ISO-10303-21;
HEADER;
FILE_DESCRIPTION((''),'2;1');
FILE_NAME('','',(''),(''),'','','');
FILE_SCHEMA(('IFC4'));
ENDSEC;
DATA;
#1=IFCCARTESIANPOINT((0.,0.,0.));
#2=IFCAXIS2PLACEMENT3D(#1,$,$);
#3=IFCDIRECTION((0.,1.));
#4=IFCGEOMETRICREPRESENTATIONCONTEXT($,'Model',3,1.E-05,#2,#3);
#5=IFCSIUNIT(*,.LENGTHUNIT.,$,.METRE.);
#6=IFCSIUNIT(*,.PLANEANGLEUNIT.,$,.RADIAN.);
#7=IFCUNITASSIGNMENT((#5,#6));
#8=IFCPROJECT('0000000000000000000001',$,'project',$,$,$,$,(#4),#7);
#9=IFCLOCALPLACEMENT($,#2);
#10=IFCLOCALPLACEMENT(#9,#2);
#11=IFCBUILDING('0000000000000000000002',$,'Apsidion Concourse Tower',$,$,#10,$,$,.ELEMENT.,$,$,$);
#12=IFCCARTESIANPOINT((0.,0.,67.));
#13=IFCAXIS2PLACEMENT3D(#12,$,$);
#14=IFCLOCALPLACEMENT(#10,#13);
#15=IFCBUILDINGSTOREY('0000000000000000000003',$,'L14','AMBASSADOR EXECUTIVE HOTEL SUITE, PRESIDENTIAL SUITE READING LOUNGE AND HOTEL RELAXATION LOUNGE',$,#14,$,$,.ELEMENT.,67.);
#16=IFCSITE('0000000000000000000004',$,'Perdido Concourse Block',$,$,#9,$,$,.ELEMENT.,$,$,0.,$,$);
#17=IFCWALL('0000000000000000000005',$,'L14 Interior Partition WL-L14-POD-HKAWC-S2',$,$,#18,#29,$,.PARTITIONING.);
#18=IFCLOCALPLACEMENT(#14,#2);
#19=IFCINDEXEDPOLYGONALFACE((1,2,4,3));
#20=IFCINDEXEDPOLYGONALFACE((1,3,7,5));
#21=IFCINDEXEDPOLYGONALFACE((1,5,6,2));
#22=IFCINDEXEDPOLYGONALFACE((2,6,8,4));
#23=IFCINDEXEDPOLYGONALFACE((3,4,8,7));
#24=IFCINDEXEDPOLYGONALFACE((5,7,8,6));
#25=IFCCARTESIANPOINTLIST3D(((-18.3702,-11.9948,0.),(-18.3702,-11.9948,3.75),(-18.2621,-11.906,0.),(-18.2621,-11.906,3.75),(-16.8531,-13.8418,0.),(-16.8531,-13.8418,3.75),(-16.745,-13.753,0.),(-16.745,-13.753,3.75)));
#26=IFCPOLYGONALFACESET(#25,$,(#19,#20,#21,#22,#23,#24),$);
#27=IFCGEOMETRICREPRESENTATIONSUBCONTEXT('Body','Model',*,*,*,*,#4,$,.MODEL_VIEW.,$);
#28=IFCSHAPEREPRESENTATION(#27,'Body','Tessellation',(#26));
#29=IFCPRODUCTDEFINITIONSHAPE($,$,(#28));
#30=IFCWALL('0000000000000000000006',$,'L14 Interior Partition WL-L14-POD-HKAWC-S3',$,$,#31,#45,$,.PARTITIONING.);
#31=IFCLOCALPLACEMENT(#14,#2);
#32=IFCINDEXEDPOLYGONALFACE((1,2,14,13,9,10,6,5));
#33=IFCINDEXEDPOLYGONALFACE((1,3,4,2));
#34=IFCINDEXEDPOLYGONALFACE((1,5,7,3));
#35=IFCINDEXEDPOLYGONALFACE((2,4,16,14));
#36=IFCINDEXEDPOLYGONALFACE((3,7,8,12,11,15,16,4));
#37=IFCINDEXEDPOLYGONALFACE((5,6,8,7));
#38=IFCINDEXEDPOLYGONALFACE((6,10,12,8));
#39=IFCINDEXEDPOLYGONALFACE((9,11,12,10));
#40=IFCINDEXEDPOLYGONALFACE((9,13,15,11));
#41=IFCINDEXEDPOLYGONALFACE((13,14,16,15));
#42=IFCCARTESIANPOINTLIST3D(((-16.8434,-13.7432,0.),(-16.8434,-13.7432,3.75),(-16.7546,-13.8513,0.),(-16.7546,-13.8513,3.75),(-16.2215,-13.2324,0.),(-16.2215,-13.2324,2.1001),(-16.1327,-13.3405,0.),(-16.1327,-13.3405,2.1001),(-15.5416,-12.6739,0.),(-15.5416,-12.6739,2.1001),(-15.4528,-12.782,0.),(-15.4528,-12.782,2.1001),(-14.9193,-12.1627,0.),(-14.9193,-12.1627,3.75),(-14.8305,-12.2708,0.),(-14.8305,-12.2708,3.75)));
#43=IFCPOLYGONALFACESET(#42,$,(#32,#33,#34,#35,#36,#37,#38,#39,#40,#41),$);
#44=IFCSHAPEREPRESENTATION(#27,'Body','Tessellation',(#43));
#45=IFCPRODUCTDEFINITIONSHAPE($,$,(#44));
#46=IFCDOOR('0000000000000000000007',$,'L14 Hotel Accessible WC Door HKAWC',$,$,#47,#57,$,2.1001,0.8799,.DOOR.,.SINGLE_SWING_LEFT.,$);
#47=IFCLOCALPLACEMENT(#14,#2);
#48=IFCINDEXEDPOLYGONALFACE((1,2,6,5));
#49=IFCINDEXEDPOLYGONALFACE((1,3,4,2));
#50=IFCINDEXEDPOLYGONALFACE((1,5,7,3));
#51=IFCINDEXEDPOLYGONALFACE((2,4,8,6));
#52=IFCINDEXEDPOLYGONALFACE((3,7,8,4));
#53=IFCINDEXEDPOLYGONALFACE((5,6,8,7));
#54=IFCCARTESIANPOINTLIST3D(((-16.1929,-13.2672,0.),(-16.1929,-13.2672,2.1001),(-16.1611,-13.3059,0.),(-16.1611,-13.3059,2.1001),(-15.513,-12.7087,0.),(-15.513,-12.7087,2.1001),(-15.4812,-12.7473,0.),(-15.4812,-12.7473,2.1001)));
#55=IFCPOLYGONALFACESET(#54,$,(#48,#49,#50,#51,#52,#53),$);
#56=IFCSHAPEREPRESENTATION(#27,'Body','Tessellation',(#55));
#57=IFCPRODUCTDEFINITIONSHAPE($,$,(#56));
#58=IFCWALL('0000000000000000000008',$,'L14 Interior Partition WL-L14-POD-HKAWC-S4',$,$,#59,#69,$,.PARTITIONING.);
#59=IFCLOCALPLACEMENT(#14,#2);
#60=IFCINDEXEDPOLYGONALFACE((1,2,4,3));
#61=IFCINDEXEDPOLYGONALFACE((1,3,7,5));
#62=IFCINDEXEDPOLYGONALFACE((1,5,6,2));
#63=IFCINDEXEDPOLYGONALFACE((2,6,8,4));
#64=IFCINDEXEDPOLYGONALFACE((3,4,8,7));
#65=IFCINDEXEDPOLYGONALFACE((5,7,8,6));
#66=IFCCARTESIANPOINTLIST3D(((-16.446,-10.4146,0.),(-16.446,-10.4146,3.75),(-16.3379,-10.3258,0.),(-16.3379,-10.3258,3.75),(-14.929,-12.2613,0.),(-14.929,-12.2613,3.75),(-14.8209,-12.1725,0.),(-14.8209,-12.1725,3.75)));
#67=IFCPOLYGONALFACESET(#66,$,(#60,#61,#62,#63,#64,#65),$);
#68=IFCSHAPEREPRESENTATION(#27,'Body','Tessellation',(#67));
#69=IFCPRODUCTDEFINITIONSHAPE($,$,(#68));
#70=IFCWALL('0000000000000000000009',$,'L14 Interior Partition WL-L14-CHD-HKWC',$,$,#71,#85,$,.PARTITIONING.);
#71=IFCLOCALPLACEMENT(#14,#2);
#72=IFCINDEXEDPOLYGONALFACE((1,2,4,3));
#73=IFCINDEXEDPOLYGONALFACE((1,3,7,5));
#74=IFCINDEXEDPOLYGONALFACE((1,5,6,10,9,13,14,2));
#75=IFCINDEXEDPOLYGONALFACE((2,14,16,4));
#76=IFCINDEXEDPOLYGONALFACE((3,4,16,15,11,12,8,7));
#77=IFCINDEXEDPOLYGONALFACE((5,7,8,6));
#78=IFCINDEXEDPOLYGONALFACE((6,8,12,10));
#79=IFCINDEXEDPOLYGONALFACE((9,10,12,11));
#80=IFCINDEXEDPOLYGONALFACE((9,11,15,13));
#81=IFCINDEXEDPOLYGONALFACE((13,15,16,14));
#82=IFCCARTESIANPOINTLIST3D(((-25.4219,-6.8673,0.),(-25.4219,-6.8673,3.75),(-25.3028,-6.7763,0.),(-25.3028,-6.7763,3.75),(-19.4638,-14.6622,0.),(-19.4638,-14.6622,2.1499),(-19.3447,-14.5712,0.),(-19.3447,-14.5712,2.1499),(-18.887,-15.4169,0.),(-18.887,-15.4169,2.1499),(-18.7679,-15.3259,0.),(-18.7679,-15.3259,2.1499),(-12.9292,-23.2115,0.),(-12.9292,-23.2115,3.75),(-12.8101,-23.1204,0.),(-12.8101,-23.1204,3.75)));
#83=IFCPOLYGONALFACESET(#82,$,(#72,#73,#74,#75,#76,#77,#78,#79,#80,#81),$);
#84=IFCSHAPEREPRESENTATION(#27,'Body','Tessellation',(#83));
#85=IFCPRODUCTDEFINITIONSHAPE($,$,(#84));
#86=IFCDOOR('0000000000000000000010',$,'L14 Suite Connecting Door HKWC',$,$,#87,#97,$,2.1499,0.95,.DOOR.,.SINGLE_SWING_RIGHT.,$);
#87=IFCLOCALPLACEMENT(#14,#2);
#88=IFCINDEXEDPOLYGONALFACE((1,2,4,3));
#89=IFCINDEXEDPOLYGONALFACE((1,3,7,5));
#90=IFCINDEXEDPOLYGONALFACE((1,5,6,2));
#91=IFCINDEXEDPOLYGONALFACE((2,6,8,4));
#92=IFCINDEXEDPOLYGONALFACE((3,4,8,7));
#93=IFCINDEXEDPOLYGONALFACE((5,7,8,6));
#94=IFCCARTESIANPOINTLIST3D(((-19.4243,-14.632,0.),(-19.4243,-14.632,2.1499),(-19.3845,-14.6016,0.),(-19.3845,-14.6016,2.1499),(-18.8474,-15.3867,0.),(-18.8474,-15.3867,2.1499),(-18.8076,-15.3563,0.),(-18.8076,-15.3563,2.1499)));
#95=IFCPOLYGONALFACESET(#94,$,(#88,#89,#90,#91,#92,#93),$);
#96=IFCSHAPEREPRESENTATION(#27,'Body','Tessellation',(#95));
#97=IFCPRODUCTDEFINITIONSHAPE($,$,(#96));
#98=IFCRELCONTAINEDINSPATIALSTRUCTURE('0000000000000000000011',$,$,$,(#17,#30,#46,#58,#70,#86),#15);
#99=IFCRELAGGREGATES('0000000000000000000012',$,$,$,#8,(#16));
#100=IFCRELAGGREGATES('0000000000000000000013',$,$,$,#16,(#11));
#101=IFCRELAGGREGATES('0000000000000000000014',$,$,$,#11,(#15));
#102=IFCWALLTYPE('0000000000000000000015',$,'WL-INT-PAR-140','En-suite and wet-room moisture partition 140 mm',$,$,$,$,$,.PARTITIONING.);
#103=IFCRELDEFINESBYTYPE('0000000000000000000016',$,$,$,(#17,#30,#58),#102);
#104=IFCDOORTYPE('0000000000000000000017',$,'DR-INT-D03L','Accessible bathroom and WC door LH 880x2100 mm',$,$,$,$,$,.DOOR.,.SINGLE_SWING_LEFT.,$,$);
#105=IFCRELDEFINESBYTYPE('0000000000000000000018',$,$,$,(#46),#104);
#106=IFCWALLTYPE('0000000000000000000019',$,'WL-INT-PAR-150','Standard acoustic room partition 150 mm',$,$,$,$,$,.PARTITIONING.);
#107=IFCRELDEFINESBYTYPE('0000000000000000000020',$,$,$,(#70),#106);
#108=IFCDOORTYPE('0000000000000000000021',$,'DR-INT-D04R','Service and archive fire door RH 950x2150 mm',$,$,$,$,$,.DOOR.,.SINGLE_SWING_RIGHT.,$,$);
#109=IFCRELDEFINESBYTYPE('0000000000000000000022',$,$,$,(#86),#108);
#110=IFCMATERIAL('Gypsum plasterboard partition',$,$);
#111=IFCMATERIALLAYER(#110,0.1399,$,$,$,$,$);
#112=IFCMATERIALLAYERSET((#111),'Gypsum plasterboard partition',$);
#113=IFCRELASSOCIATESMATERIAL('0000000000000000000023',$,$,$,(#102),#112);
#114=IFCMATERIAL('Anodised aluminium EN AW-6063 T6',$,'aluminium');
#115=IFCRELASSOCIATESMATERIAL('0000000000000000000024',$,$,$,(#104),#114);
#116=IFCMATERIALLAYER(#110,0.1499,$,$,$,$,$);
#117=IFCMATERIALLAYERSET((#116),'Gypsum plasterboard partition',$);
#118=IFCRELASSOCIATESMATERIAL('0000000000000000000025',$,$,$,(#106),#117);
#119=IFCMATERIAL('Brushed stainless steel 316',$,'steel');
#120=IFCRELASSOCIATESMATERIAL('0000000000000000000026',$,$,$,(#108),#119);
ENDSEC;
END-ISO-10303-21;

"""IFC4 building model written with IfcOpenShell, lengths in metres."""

from ifc_helpers import new_model, si_unit, direction, frame, frame_2d, origin, place, context, subcontext, project, spatial, rectangle, extrude, material, layer, layer_set, type_object, element, fill, save


model = new_model("IFC4")

# Units and contexts
model_context = context("Model", 3, precision=1e-05, world=origin(), true_north=direction((0.0, 1.0)))
body_context = subcontext(model_context, "Body", "Model", "MODEL_VIEW")
ifc_project = project(units=[si_unit("LENGTHUNIT", "METRE"), si_unit("PLANEANGLEUNIT", "RADIAN")], contexts=[model_context])

# Site, building, storey
site_placement = place(None, origin())
site = spatial("IfcSite", under=ifc_project, at=site_placement, Name="Perdido Concourse Block", CompositionType="ELEMENT", RefElevation=0.0)
building_placement = place(site_placement, origin())
building = spatial("IfcBuilding", under=site, at=building_placement, Name="Apsidion Concourse Tower", CompositionType="ELEMENT")
storey_placement = place(building_placement, frame((0.0, 0.0, 67.0)))
storey = spatial("IfcBuildingStorey", under=building, at=storey_placement, Name="L14", Description="AMBASSADOR EXECUTIVE HOTEL SUITE, PRESIDENTIAL SUITE READING LOUNGE AND HOTEL RELAXATION LOUNGE", CompositionType="ELEMENT", Elevation=67.0)

# Shared definitions
ifc_material_1 = material(Name="Anodised aluminium EN AW-6063 T6", Category="aluminium")

# Wall
ifc_material_2 = material(Name="Gypsum plasterboard partition")
ifc_layer_1 = layer(ifc_material_2, 0.1399)
ifc_layer_set_1 = layer_set([ifc_layer_1], Name="Gypsum plasterboard partition")
wall_type_1 = type_object("IfcWallType", Name="WL-INT-PAR-140", Description="En-suite and wet-room moisture partition 140 mm", PredefinedType="PARTITIONING", material=ifc_layer_set_1)
wall_1_placement = place(storey_placement, frame((-18.3162, -11.9504, 0.0), z_axis=(0.0, 0.0, 1.0), x_axis=(0.634733, -0.772732, 0.0)))
element("IfcWall", 1, at=wall_1_placement, inside=storey, type_object=wall_type_1, Name="L14 Interior Partition WL-L14-POD-HKAWC-S2", PredefinedType="PARTITIONING", context=body_context, shape_type="SweptSolid", body=[
    extrude(rectangle(XDim=2.3901, YDim=0.1399, at=frame_2d((1.1951, 0.0))), origin(), (0.0, 0.0, 1.0), 3.75),
])

# Wall, opening, door
wall_2_placement = place(storey_placement, frame((-16.7991, -13.7974, 0.0), z_axis=(0.0, 0.0, 1.0), x_axis=(0.772711, 0.634758, 0.0)))
wall_2 = element("IfcWall", 2, at=wall_2_placement, inside=storey, type_object=wall_type_1, Name="L14 Interior Partition WL-L14-POD-HKAWC-S3", PredefinedType="PARTITIONING", context=body_context, shape_type="SweptSolid", body=[
    extrude(rectangle(XDim=2.49, YDim=0.1399, at=frame_2d((1.2451, 0.0))), origin(), (0.0, 0.0, 1.0), 3.75),
])
opening_1_placement = place(wall_2_placement, frame((0.8049, 0.0, 0.0)))
opening_1 = element("IfcOpeningElement", 3, at=opening_1_placement, cuts=wall_2, PredefinedType="OPENING", context=body_context, shape_type="SweptSolid", body=[
    extrude(rectangle(XDim=0.8799, YDim=2.1001, at=frame_2d((0.4399, 1.05))), frame((0.0, 0.0801, 0.0), z_axis=(0.0, -1.0, 0.0), x_axis=(1.0, 0.0, 0.0)), (0.0, 0.0, 1.0), 0.1599),
])
door_type_1 = type_object("IfcDoorType", Name="DR-INT-D03L", Description="Accessible bathroom and WC door LH 880x2100 mm", OperationType="SINGLE_SWING_LEFT", PredefinedType="DOOR", material=ifc_material_1)
door_1_placement = place(opening_1_placement, origin())
door_1 = element("IfcDoor", 4, at=door_1_placement, inside=storey, type_object=door_type_1, Name="L14 Hotel Accessible WC Door HKAWC", OperationType="SINGLE_SWING_LEFT", OverallHeight=2.1001, OverallWidth=0.8799, PredefinedType="DOOR", context=body_context, shape_type="SweptSolid", body=[
    extrude(rectangle(XDim=0.8799, YDim=2.1001, at=frame_2d((0.4399, 1.05))), frame((0.0, 0.0249, 0.0), z_axis=(0.0, -1.0, 0.0), x_axis=(1.0, 0.0, 0.0)), (0.0, 0.0, 1.0), 0.05),
])
fill(opening_1, door_1)

# Wall
wall_3_placement = place(storey_placement, frame((-14.875, -12.2168, 0.0), z_axis=(0.0, 0.0, 1.0), x_axis=(-0.634783, 0.77269, 0.0)))
element("IfcWall", 5, at=wall_3_placement, inside=storey, type_object=wall_type_1, Name="L14 Interior Partition WL-L14-POD-HKAWC-S4", PredefinedType="PARTITIONING", context=body_context, shape_type="SweptSolid", body=[
    extrude(rectangle(XDim=2.3899, YDim=0.1399, at=frame_2d((1.1948, 0.0))), origin(), (0.0, 0.0, 1.0), 3.75),
])

# Wall, opening, door
ifc_layer_2 = layer(ifc_material_2, 0.1499)
ifc_layer_set_2 = layer_set([ifc_layer_2], Name="Gypsum plasterboard partition")
wall_type_2 = type_object("IfcWallType", Name="WL-INT-PAR-150", Description="Standard acoustic room partition 150 mm", PredefinedType="PARTITIONING", material=ifc_layer_set_2)
wall_4_placement = place(storey_placement, frame((-25.3623, -6.8218, 0.0), z_axis=(0.0, 0.0, 1.0), x_axis=(0.60727, -0.794495, 0.0)))
wall_4 = element("IfcWall", 6, at=wall_4_placement, inside=storey, type_object=wall_type_2, Name="L14 Interior Partition WL-L14-CHD-HKWC", PredefinedType="PARTITIONING", context=body_context, shape_type="SweptSolid", body=[
    extrude(rectangle(XDim=20.5718, YDim=0.1499, at=frame_2d((10.2859, 0.0))), origin(), (0.0, 0.0, 1.0), 3.75),
])
opening_2_placement = place(wall_4_placement, frame((9.811, 0.0, 0.0)))
opening_2 = element("IfcOpeningElement", 7, at=opening_2_placement, cuts=wall_4, PredefinedType="OPENING", context=body_context, shape_type="SweptSolid", body=[
    extrude(rectangle(XDim=0.95, YDim=2.1499, at=frame_2d((0.4751, 1.075))), frame((0.0, 0.085, 0.0), z_axis=(0.0, -1.0, 0.0), x_axis=(1.0, 0.0, 0.0)), (0.0, 0.0, 1.0), 0.1699),
])
ifc_material_3 = material(Name="Brushed stainless steel 316", Category="steel")
door_type_2 = type_object("IfcDoorType", Name="DR-INT-D04R", Description="Service and archive fire door RH 950x2150 mm", OperationType="SINGLE_SWING_RIGHT", PredefinedType="DOOR", material=ifc_material_3)
door_2_placement = place(opening_2_placement, origin())
door_2 = element("IfcDoor", 8, at=door_2_placement, inside=storey, type_object=door_type_2, Name="L14 Suite Connecting Door HKWC", OperationType="SINGLE_SWING_RIGHT", OverallHeight=2.1499, OverallWidth=0.95, PredefinedType="DOOR", context=body_context, shape_type="SweptSolid", body=[
    extrude(rectangle(XDim=0.95, YDim=2.1499, at=frame_2d((0.4751, 1.075))), frame((0.0, 0.0249, 0.0), z_axis=(0.0, -1.0, 0.0), x_axis=(1.0, 0.0, 0.0)), (0.0, 0.0, 1.0), 0.05),
])
fill(opening_2, door_2)

save(model, "model.ifc")
